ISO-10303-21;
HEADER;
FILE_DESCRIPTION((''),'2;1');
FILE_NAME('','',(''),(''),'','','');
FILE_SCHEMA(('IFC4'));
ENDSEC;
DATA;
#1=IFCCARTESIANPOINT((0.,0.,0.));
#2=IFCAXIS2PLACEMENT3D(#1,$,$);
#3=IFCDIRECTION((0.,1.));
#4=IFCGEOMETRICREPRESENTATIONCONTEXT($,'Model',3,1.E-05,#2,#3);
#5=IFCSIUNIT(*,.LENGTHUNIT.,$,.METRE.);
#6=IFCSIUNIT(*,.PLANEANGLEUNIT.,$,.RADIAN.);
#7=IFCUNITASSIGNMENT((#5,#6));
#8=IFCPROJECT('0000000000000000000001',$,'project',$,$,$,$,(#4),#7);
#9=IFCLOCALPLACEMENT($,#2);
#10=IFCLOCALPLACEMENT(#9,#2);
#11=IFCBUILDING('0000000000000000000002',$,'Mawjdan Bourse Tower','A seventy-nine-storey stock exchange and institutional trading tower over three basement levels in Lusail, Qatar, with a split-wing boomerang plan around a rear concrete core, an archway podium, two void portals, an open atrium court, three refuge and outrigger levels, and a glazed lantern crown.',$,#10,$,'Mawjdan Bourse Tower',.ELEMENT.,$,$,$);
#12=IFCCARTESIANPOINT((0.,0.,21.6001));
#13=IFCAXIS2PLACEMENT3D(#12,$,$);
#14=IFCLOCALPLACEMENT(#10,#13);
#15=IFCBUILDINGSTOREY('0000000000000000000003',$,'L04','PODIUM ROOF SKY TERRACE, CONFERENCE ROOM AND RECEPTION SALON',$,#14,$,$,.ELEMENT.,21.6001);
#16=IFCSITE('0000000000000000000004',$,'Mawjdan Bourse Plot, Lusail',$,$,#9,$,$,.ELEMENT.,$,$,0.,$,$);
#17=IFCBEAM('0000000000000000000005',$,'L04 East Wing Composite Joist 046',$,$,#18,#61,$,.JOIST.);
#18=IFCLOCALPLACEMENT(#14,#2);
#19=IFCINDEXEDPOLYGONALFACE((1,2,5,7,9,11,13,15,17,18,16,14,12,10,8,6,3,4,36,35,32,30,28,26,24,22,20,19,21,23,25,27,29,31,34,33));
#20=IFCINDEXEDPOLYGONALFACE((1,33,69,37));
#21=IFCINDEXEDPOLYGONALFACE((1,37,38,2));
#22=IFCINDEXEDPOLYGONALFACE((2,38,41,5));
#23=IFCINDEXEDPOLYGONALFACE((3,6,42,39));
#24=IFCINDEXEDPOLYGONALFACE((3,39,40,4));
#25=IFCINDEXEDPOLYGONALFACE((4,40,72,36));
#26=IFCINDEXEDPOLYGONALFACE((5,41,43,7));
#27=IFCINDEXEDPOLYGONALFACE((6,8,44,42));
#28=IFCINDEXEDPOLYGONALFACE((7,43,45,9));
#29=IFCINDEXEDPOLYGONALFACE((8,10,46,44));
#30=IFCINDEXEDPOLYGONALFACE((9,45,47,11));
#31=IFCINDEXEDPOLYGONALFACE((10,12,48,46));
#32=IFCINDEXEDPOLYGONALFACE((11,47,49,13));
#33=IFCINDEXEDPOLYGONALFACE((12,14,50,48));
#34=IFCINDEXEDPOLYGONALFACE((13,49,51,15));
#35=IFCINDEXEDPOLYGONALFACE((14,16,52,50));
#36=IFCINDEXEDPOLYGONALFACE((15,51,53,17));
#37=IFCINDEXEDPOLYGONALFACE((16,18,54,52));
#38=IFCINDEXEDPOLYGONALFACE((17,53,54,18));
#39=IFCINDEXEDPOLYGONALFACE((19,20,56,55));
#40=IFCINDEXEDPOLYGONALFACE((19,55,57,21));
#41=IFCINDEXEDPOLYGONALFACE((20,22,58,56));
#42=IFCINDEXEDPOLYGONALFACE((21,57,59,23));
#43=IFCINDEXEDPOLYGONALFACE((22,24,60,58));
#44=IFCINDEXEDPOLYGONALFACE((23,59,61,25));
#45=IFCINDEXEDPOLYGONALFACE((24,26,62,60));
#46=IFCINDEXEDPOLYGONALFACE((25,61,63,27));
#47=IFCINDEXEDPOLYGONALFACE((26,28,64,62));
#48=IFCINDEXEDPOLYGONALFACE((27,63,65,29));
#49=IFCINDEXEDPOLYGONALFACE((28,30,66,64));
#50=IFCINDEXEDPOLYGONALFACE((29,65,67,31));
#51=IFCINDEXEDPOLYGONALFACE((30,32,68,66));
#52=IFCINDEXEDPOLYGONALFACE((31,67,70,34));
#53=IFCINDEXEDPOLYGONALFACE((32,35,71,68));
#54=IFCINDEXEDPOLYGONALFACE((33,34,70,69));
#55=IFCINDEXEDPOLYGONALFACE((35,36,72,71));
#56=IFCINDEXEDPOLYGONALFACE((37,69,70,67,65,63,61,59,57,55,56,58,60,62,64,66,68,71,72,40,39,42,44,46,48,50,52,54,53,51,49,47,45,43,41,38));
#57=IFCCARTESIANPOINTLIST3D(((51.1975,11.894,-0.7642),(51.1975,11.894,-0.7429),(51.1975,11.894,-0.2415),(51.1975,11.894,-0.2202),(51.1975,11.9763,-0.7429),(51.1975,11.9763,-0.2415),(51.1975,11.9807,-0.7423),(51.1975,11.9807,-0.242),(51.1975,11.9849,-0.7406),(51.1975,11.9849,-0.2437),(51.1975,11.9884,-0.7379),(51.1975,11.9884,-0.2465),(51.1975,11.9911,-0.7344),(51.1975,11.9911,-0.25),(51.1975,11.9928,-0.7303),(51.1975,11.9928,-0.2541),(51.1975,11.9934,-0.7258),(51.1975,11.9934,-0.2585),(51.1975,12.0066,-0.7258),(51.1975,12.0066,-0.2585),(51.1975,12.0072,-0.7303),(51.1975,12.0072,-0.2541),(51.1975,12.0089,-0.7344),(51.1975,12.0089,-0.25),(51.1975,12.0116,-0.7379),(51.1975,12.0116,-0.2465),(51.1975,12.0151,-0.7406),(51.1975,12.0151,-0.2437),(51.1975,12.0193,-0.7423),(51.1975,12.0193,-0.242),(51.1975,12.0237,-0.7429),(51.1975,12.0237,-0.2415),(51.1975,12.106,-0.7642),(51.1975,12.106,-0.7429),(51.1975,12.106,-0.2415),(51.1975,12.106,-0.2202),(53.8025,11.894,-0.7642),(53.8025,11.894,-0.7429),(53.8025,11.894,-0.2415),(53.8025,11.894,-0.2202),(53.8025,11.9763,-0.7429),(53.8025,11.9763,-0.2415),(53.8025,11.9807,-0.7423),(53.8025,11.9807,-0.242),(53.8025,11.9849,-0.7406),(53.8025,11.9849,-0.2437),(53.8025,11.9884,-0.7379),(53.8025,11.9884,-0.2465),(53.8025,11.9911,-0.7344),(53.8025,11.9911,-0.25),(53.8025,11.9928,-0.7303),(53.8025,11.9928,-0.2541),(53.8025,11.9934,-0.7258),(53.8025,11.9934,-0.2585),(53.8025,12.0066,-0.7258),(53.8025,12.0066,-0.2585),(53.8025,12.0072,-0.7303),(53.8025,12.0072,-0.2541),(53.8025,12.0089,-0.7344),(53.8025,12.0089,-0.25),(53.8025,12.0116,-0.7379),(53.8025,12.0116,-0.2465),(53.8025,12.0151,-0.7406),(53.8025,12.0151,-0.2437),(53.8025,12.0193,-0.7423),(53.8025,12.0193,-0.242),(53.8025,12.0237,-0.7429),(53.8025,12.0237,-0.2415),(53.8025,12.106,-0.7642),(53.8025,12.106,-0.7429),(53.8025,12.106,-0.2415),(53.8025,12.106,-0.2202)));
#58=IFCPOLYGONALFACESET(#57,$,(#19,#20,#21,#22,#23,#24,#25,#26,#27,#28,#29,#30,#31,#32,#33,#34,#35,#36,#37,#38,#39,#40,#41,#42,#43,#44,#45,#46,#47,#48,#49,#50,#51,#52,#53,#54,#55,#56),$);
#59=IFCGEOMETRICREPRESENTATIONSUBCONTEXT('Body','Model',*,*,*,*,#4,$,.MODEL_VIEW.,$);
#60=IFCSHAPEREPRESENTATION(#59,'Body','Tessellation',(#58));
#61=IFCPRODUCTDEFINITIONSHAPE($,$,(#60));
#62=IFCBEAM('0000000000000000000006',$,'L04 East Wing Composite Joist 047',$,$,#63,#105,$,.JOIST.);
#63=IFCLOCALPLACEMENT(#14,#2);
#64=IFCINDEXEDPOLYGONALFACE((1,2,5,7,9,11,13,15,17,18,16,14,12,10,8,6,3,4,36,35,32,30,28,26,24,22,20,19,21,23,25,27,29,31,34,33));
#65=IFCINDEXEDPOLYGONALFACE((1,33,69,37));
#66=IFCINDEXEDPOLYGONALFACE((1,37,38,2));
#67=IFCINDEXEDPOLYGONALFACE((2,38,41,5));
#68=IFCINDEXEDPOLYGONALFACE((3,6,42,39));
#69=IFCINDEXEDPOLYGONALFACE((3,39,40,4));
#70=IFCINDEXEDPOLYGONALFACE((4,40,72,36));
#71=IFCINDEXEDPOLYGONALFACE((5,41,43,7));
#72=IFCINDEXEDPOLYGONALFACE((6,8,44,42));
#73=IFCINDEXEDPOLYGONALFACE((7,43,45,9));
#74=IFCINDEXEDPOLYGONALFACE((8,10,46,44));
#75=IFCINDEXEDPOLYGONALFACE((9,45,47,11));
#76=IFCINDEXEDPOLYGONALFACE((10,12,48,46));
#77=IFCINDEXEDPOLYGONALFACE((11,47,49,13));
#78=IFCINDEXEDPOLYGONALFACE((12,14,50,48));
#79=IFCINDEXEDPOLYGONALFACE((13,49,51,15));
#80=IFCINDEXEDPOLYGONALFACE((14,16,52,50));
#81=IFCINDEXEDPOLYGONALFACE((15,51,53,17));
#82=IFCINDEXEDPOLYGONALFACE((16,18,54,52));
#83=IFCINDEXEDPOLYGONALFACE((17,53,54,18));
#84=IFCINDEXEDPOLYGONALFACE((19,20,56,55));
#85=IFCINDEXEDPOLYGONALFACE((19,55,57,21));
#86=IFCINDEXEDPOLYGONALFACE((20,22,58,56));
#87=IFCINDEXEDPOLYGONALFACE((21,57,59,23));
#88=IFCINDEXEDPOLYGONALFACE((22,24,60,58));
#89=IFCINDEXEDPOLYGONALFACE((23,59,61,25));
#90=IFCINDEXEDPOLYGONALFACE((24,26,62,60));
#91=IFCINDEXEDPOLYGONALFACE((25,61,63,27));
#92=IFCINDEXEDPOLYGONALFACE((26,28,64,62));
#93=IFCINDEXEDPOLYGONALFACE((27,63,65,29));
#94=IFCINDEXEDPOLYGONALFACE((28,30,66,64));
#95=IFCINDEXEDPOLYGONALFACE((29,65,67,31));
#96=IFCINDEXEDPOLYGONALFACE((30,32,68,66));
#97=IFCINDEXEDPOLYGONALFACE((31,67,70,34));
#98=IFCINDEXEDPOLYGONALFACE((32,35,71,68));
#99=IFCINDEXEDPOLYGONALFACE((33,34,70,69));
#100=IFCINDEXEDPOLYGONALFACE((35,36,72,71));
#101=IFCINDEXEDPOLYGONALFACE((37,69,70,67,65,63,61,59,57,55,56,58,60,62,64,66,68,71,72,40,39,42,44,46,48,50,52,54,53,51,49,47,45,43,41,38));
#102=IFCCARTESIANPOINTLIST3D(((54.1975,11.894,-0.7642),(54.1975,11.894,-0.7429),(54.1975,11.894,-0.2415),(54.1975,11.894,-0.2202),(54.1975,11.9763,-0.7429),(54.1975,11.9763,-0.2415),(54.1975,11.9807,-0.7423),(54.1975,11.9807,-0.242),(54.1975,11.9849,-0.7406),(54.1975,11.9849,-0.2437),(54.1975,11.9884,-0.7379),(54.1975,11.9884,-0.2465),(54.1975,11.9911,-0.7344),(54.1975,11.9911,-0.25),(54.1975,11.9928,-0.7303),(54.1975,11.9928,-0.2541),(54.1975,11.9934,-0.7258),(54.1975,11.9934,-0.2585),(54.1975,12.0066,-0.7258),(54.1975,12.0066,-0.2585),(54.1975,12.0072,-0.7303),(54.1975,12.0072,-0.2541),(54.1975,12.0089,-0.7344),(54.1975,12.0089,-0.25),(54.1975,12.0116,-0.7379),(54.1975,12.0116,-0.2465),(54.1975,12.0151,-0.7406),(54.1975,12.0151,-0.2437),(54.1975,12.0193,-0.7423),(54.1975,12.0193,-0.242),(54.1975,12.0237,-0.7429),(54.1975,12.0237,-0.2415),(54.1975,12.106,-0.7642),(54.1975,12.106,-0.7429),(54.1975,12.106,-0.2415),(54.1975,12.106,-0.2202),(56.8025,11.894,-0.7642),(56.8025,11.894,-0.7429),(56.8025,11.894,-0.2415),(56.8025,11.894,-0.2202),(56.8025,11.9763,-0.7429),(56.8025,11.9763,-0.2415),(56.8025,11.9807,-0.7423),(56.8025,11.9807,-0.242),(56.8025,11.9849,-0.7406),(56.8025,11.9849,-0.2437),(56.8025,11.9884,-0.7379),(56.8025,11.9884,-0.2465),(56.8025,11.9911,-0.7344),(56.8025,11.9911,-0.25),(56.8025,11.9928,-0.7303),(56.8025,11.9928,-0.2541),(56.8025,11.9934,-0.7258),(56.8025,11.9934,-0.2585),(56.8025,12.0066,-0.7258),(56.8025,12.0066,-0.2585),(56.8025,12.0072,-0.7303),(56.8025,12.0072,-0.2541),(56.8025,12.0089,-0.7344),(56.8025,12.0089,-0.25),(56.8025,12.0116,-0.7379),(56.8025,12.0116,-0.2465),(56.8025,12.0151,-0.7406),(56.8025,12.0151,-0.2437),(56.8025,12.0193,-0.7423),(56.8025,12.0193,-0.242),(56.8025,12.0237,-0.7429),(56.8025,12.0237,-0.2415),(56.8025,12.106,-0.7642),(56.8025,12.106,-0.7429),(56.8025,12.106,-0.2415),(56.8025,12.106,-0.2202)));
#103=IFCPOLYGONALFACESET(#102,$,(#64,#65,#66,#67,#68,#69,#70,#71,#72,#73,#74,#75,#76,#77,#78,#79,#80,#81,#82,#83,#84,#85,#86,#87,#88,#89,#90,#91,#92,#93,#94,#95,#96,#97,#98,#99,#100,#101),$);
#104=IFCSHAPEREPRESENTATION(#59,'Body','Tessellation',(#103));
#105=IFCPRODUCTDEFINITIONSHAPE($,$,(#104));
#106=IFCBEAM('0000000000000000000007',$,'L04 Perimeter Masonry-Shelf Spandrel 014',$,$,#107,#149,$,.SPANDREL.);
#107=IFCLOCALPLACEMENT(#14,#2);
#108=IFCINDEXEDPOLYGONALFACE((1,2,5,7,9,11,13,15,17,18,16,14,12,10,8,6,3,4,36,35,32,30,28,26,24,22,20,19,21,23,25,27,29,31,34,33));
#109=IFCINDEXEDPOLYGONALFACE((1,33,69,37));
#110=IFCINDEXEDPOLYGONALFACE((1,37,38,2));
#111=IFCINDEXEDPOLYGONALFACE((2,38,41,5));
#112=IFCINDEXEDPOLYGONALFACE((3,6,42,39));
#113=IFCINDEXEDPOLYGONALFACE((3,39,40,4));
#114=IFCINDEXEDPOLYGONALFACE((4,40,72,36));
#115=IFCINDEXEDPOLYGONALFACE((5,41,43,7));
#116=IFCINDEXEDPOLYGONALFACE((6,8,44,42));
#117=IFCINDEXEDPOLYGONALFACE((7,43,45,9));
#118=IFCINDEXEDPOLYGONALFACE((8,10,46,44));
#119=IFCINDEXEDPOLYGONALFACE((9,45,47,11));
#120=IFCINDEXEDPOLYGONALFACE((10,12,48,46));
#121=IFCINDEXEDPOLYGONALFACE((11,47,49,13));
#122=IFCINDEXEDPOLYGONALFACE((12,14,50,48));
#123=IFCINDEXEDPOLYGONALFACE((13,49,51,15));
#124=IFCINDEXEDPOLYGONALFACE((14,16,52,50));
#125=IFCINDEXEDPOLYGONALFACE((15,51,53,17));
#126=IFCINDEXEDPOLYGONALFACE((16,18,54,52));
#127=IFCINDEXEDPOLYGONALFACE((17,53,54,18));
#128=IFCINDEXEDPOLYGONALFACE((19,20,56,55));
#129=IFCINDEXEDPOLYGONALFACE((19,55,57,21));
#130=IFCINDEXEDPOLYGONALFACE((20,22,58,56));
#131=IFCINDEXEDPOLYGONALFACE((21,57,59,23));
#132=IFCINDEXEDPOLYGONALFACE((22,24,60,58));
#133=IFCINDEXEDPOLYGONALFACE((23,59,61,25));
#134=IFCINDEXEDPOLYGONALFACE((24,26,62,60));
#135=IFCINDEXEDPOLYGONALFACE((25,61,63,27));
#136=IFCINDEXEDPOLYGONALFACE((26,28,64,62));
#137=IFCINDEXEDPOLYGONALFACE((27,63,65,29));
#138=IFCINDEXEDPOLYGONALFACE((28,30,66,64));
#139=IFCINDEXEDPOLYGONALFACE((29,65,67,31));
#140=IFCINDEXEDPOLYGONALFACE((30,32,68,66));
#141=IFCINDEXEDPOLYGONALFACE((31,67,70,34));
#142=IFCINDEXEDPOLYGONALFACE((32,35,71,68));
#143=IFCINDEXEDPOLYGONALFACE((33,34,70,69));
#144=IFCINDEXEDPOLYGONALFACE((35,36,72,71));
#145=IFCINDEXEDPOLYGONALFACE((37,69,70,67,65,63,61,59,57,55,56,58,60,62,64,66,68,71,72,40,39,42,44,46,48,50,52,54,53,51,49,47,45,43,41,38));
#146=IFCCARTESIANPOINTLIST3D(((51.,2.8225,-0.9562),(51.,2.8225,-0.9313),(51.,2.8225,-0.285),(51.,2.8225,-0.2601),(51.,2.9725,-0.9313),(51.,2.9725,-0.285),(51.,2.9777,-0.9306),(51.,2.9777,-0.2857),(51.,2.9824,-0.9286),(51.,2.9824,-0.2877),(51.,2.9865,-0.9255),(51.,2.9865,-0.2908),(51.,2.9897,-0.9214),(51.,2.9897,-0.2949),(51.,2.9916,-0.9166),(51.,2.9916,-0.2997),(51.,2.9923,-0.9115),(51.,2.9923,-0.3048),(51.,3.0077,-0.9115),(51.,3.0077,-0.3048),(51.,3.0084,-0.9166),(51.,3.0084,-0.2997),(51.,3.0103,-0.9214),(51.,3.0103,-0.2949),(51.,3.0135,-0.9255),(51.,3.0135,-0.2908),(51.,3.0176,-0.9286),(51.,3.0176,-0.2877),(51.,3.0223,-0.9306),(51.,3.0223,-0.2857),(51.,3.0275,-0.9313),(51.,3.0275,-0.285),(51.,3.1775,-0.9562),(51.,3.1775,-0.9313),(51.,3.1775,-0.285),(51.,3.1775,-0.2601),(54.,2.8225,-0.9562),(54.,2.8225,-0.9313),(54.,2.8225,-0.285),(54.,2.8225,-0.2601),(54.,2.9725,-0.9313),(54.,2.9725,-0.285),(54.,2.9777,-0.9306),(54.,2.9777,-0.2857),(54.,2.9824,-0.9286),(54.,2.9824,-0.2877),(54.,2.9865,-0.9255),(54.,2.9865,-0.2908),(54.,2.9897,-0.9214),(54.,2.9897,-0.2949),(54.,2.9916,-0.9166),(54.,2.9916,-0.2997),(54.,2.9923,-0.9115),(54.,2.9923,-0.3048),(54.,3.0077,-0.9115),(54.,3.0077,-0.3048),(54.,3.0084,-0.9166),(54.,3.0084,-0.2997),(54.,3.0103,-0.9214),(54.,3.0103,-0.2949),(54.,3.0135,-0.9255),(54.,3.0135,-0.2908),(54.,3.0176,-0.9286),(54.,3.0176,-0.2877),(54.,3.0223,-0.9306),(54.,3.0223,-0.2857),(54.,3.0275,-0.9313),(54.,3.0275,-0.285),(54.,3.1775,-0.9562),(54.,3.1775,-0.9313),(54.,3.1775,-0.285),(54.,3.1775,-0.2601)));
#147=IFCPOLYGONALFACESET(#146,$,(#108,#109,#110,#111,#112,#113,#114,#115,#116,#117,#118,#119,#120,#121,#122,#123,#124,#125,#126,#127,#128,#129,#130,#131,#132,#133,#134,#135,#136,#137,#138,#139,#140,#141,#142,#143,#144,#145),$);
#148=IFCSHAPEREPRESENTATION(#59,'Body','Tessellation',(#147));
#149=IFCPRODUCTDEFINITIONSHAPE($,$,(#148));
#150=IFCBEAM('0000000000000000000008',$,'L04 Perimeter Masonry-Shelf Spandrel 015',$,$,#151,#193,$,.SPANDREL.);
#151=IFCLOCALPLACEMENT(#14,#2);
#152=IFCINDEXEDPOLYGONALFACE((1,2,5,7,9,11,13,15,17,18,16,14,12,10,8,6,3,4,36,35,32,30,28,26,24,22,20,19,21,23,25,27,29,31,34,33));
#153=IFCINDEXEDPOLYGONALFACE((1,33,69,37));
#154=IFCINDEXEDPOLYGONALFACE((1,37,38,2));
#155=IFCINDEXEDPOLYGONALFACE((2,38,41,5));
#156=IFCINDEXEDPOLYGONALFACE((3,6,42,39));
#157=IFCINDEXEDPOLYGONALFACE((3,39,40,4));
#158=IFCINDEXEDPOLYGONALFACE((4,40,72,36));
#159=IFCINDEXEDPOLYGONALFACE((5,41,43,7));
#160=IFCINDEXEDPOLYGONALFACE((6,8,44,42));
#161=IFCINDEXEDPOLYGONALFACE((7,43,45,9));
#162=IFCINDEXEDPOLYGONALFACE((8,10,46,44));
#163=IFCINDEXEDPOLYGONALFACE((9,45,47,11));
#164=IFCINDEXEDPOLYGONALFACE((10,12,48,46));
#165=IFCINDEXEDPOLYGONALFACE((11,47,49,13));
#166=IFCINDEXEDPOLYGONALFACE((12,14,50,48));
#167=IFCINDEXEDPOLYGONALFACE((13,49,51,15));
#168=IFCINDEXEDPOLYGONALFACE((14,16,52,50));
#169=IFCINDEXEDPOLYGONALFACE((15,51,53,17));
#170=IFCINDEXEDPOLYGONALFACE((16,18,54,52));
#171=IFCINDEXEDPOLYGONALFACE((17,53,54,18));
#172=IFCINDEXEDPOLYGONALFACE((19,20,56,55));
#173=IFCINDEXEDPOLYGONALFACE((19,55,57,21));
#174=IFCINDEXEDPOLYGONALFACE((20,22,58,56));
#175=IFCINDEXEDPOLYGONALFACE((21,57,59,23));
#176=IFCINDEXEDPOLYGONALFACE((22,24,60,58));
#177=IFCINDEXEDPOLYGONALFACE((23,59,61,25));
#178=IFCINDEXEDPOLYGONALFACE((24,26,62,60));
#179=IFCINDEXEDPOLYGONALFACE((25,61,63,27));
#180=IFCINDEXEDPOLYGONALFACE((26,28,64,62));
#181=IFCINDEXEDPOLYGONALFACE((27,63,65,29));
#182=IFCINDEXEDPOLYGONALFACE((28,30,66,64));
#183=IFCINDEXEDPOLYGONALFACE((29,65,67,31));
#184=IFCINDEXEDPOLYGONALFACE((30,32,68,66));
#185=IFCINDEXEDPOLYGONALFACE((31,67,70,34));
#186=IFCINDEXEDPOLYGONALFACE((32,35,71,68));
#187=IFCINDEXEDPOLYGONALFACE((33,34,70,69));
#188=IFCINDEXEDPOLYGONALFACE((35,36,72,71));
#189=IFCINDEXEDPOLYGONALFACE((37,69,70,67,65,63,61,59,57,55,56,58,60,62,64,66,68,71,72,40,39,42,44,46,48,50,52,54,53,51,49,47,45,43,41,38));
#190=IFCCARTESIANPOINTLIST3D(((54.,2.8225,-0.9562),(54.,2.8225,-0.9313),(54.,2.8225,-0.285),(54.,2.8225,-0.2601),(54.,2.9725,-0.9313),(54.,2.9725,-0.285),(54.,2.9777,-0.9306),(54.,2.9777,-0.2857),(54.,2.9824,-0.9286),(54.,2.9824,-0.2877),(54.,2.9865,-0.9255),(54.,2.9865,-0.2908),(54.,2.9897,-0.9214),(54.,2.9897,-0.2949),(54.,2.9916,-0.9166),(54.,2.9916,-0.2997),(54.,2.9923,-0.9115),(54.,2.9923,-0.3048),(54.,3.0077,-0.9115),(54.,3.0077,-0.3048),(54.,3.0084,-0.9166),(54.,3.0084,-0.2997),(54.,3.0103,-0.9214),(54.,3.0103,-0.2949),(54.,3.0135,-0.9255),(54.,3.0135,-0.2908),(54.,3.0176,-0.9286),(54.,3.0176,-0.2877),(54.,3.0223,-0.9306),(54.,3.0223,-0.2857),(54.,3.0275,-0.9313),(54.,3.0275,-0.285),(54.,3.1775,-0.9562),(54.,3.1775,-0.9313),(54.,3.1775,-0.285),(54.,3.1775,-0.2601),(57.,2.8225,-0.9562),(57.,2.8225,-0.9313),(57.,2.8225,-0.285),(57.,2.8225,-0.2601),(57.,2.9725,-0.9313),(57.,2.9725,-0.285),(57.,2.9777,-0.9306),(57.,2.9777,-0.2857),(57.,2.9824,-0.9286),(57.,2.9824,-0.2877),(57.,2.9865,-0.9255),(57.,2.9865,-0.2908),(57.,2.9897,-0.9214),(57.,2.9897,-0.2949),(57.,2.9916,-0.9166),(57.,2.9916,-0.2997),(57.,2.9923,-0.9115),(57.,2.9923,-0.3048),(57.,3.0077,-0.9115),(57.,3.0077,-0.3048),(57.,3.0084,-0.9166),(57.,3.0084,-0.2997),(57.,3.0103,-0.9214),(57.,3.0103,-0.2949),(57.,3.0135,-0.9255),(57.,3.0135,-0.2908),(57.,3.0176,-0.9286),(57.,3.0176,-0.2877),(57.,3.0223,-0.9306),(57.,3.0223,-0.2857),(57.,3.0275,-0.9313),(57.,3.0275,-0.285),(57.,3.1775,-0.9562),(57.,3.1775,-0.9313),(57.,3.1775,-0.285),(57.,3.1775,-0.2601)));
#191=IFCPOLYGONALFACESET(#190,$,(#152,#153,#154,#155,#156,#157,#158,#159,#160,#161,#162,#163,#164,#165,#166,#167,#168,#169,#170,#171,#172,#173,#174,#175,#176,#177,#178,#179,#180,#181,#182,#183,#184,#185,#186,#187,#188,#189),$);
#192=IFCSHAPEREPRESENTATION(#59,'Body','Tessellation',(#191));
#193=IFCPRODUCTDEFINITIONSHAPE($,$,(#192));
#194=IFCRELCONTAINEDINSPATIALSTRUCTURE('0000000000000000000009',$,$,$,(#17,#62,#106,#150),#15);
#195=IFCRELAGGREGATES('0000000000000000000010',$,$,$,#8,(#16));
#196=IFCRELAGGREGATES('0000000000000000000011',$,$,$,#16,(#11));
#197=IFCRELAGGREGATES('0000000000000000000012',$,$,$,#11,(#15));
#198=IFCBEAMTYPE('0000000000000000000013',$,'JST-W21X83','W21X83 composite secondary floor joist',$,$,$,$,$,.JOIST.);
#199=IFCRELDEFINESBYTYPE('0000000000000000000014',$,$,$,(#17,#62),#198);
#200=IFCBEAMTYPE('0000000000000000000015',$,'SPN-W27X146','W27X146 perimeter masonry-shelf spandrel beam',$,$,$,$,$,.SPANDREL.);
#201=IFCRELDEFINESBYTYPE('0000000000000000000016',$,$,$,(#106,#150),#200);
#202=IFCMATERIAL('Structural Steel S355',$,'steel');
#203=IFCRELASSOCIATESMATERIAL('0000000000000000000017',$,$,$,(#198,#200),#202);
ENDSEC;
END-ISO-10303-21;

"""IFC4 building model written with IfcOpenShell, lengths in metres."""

from ifc_helpers import new_model, si_unit, direction, frame, origin, origin_2d, place, context, subcontext, project, spatial, i_section, extrude, material, material_profile, profile_set, type_object, element, save


model = new_model("IFC4")

# Units and contexts
model_context = context("Model", 3, precision=1e-05, world=origin(), true_north=direction((0.0, 1.0)))
body_context = subcontext(model_context, "Body", "Model", "MODEL_VIEW")
ifc_project = project(units=[si_unit("LENGTHUNIT", "METRE"), si_unit("PLANEANGLEUNIT", "RADIAN")], contexts=[model_context])

# Site, building, storey
site_placement = place(None, origin())
site = spatial("IfcSite", under=ifc_project, at=site_placement, Name="Mawjdan Bourse Plot, Lusail", CompositionType="ELEMENT", RefElevation=0.0)
building_placement = place(site_placement, origin())
building = spatial("IfcBuilding", under=site, at=building_placement, Name="Mawjdan Bourse Tower", Description="A seventy-nine-storey stock exchange and institutional trading tower over three basement levels in Lusail, Qatar, with a split-wing boomerang plan around a rear concrete core, an archway podium, two void portals, an open atrium court, three refuge and outrigger levels, and a glazed lantern crown.", LongName="Mawjdan Bourse Tower", CompositionType="ELEMENT")
storey_placement = place(building_placement, frame((0.0, 0.0, 21.6001)))
storey = spatial("IfcBuildingStorey", under=building, at=storey_placement, Name="L04", Description="PODIUM ROOF SKY TERRACE, CONFERENCE ROOM AND RECEPTION SALON", CompositionType="ELEMENT", Elevation=21.6001)

# Beams
ifc_material_1 = material(Name="Structural Steel S355", Category="steel")
ifc_material_profile_1 = material_profile(ifc_material_1, i_section(OverallWidth=0.2119, OverallDepth=0.5439, WebThickness=0.0132, FlangeThickness=0.0212, FilletRadius=0.0171, at=origin_2d()), Name="W21X83")
ifc_profile_set_1 = profile_set([ifc_material_profile_1], Name="Structural Steel S355")
beam_type_1 = type_object("IfcBeamType", Name="JST-W21X83", Description="W21X83 composite secondary floor joist", PredefinedType="JOIST", material=ifc_profile_set_1)
for number, where, z_axis, x_axis, name in (
    (1, (51.1975, 12.0, -0.4922), (1.0, 0.0, 0.0), (0.0, 1.0, 0.0), "L04 East Wing Composite Joist 046"),
    (2, (54.1975, 12.0, -0.4922), (1.0, 0.0, 0.0), (0.0, 1.0, 0.0), "L04 East Wing Composite Joist 047"),
):
    element("IfcBeam", number, at=place(storey_placement, frame(where, z_axis=z_axis, x_axis=x_axis)), inside=storey, type_object=beam_type_1, Name=name, PredefinedType="JOIST", context=body_context, shape_type="SweptSolid", body=[
        extrude(i_section(OverallWidth=0.2119, OverallDepth=0.5439, WebThickness=0.0132, FlangeThickness=0.0212, FilletRadius=0.0171, at=origin_2d()), origin(), (0.0, 0.0, 1.0), 2.605),
    ])
ifc_material_profile_2 = material_profile(ifc_material_1, i_section(OverallWidth=0.355, OverallDepth=0.696, WebThickness=0.0154, FlangeThickness=0.0249, FilletRadius=0.0198, at=origin_2d()), Name="W27X146")
ifc_profile_set_2 = profile_set([ifc_material_profile_2], Name="Structural Steel S355")
beam_type_2 = type_object("IfcBeamType", Name="SPN-W27X146", Description="W27X146 perimeter masonry-shelf spandrel beam", PredefinedType="SPANDREL", material=ifc_profile_set_2)
for number, where, z_axis, x_axis, name in (
    (3, (51.0, 3.0, -0.6082), (1.0, 0.0, 0.0), (0.0, 1.0, 0.0), "L04 Perimeter Masonry-Shelf Spandrel 014"),
    (4, (54.0, 3.0, -0.6082), (1.0, 0.0, 0.0), (0.0, 1.0, 0.0), "L04 Perimeter Masonry-Shelf Spandrel 015"),
):
    element("IfcBeam", number, at=place(storey_placement, frame(where, z_axis=z_axis, x_axis=x_axis)), inside=storey, type_object=beam_type_2, Name=name, PredefinedType="SPANDREL", context=body_context, shape_type="SweptSolid", body=[
        extrude(i_section(OverallWidth=0.355, OverallDepth=0.696, WebThickness=0.0154, FlangeThickness=0.0249, FilletRadius=0.0198, at=origin_2d()), origin(), (0.0, 0.0, 1.0), 3.0),
    ])

save(model, "model.ifc")
